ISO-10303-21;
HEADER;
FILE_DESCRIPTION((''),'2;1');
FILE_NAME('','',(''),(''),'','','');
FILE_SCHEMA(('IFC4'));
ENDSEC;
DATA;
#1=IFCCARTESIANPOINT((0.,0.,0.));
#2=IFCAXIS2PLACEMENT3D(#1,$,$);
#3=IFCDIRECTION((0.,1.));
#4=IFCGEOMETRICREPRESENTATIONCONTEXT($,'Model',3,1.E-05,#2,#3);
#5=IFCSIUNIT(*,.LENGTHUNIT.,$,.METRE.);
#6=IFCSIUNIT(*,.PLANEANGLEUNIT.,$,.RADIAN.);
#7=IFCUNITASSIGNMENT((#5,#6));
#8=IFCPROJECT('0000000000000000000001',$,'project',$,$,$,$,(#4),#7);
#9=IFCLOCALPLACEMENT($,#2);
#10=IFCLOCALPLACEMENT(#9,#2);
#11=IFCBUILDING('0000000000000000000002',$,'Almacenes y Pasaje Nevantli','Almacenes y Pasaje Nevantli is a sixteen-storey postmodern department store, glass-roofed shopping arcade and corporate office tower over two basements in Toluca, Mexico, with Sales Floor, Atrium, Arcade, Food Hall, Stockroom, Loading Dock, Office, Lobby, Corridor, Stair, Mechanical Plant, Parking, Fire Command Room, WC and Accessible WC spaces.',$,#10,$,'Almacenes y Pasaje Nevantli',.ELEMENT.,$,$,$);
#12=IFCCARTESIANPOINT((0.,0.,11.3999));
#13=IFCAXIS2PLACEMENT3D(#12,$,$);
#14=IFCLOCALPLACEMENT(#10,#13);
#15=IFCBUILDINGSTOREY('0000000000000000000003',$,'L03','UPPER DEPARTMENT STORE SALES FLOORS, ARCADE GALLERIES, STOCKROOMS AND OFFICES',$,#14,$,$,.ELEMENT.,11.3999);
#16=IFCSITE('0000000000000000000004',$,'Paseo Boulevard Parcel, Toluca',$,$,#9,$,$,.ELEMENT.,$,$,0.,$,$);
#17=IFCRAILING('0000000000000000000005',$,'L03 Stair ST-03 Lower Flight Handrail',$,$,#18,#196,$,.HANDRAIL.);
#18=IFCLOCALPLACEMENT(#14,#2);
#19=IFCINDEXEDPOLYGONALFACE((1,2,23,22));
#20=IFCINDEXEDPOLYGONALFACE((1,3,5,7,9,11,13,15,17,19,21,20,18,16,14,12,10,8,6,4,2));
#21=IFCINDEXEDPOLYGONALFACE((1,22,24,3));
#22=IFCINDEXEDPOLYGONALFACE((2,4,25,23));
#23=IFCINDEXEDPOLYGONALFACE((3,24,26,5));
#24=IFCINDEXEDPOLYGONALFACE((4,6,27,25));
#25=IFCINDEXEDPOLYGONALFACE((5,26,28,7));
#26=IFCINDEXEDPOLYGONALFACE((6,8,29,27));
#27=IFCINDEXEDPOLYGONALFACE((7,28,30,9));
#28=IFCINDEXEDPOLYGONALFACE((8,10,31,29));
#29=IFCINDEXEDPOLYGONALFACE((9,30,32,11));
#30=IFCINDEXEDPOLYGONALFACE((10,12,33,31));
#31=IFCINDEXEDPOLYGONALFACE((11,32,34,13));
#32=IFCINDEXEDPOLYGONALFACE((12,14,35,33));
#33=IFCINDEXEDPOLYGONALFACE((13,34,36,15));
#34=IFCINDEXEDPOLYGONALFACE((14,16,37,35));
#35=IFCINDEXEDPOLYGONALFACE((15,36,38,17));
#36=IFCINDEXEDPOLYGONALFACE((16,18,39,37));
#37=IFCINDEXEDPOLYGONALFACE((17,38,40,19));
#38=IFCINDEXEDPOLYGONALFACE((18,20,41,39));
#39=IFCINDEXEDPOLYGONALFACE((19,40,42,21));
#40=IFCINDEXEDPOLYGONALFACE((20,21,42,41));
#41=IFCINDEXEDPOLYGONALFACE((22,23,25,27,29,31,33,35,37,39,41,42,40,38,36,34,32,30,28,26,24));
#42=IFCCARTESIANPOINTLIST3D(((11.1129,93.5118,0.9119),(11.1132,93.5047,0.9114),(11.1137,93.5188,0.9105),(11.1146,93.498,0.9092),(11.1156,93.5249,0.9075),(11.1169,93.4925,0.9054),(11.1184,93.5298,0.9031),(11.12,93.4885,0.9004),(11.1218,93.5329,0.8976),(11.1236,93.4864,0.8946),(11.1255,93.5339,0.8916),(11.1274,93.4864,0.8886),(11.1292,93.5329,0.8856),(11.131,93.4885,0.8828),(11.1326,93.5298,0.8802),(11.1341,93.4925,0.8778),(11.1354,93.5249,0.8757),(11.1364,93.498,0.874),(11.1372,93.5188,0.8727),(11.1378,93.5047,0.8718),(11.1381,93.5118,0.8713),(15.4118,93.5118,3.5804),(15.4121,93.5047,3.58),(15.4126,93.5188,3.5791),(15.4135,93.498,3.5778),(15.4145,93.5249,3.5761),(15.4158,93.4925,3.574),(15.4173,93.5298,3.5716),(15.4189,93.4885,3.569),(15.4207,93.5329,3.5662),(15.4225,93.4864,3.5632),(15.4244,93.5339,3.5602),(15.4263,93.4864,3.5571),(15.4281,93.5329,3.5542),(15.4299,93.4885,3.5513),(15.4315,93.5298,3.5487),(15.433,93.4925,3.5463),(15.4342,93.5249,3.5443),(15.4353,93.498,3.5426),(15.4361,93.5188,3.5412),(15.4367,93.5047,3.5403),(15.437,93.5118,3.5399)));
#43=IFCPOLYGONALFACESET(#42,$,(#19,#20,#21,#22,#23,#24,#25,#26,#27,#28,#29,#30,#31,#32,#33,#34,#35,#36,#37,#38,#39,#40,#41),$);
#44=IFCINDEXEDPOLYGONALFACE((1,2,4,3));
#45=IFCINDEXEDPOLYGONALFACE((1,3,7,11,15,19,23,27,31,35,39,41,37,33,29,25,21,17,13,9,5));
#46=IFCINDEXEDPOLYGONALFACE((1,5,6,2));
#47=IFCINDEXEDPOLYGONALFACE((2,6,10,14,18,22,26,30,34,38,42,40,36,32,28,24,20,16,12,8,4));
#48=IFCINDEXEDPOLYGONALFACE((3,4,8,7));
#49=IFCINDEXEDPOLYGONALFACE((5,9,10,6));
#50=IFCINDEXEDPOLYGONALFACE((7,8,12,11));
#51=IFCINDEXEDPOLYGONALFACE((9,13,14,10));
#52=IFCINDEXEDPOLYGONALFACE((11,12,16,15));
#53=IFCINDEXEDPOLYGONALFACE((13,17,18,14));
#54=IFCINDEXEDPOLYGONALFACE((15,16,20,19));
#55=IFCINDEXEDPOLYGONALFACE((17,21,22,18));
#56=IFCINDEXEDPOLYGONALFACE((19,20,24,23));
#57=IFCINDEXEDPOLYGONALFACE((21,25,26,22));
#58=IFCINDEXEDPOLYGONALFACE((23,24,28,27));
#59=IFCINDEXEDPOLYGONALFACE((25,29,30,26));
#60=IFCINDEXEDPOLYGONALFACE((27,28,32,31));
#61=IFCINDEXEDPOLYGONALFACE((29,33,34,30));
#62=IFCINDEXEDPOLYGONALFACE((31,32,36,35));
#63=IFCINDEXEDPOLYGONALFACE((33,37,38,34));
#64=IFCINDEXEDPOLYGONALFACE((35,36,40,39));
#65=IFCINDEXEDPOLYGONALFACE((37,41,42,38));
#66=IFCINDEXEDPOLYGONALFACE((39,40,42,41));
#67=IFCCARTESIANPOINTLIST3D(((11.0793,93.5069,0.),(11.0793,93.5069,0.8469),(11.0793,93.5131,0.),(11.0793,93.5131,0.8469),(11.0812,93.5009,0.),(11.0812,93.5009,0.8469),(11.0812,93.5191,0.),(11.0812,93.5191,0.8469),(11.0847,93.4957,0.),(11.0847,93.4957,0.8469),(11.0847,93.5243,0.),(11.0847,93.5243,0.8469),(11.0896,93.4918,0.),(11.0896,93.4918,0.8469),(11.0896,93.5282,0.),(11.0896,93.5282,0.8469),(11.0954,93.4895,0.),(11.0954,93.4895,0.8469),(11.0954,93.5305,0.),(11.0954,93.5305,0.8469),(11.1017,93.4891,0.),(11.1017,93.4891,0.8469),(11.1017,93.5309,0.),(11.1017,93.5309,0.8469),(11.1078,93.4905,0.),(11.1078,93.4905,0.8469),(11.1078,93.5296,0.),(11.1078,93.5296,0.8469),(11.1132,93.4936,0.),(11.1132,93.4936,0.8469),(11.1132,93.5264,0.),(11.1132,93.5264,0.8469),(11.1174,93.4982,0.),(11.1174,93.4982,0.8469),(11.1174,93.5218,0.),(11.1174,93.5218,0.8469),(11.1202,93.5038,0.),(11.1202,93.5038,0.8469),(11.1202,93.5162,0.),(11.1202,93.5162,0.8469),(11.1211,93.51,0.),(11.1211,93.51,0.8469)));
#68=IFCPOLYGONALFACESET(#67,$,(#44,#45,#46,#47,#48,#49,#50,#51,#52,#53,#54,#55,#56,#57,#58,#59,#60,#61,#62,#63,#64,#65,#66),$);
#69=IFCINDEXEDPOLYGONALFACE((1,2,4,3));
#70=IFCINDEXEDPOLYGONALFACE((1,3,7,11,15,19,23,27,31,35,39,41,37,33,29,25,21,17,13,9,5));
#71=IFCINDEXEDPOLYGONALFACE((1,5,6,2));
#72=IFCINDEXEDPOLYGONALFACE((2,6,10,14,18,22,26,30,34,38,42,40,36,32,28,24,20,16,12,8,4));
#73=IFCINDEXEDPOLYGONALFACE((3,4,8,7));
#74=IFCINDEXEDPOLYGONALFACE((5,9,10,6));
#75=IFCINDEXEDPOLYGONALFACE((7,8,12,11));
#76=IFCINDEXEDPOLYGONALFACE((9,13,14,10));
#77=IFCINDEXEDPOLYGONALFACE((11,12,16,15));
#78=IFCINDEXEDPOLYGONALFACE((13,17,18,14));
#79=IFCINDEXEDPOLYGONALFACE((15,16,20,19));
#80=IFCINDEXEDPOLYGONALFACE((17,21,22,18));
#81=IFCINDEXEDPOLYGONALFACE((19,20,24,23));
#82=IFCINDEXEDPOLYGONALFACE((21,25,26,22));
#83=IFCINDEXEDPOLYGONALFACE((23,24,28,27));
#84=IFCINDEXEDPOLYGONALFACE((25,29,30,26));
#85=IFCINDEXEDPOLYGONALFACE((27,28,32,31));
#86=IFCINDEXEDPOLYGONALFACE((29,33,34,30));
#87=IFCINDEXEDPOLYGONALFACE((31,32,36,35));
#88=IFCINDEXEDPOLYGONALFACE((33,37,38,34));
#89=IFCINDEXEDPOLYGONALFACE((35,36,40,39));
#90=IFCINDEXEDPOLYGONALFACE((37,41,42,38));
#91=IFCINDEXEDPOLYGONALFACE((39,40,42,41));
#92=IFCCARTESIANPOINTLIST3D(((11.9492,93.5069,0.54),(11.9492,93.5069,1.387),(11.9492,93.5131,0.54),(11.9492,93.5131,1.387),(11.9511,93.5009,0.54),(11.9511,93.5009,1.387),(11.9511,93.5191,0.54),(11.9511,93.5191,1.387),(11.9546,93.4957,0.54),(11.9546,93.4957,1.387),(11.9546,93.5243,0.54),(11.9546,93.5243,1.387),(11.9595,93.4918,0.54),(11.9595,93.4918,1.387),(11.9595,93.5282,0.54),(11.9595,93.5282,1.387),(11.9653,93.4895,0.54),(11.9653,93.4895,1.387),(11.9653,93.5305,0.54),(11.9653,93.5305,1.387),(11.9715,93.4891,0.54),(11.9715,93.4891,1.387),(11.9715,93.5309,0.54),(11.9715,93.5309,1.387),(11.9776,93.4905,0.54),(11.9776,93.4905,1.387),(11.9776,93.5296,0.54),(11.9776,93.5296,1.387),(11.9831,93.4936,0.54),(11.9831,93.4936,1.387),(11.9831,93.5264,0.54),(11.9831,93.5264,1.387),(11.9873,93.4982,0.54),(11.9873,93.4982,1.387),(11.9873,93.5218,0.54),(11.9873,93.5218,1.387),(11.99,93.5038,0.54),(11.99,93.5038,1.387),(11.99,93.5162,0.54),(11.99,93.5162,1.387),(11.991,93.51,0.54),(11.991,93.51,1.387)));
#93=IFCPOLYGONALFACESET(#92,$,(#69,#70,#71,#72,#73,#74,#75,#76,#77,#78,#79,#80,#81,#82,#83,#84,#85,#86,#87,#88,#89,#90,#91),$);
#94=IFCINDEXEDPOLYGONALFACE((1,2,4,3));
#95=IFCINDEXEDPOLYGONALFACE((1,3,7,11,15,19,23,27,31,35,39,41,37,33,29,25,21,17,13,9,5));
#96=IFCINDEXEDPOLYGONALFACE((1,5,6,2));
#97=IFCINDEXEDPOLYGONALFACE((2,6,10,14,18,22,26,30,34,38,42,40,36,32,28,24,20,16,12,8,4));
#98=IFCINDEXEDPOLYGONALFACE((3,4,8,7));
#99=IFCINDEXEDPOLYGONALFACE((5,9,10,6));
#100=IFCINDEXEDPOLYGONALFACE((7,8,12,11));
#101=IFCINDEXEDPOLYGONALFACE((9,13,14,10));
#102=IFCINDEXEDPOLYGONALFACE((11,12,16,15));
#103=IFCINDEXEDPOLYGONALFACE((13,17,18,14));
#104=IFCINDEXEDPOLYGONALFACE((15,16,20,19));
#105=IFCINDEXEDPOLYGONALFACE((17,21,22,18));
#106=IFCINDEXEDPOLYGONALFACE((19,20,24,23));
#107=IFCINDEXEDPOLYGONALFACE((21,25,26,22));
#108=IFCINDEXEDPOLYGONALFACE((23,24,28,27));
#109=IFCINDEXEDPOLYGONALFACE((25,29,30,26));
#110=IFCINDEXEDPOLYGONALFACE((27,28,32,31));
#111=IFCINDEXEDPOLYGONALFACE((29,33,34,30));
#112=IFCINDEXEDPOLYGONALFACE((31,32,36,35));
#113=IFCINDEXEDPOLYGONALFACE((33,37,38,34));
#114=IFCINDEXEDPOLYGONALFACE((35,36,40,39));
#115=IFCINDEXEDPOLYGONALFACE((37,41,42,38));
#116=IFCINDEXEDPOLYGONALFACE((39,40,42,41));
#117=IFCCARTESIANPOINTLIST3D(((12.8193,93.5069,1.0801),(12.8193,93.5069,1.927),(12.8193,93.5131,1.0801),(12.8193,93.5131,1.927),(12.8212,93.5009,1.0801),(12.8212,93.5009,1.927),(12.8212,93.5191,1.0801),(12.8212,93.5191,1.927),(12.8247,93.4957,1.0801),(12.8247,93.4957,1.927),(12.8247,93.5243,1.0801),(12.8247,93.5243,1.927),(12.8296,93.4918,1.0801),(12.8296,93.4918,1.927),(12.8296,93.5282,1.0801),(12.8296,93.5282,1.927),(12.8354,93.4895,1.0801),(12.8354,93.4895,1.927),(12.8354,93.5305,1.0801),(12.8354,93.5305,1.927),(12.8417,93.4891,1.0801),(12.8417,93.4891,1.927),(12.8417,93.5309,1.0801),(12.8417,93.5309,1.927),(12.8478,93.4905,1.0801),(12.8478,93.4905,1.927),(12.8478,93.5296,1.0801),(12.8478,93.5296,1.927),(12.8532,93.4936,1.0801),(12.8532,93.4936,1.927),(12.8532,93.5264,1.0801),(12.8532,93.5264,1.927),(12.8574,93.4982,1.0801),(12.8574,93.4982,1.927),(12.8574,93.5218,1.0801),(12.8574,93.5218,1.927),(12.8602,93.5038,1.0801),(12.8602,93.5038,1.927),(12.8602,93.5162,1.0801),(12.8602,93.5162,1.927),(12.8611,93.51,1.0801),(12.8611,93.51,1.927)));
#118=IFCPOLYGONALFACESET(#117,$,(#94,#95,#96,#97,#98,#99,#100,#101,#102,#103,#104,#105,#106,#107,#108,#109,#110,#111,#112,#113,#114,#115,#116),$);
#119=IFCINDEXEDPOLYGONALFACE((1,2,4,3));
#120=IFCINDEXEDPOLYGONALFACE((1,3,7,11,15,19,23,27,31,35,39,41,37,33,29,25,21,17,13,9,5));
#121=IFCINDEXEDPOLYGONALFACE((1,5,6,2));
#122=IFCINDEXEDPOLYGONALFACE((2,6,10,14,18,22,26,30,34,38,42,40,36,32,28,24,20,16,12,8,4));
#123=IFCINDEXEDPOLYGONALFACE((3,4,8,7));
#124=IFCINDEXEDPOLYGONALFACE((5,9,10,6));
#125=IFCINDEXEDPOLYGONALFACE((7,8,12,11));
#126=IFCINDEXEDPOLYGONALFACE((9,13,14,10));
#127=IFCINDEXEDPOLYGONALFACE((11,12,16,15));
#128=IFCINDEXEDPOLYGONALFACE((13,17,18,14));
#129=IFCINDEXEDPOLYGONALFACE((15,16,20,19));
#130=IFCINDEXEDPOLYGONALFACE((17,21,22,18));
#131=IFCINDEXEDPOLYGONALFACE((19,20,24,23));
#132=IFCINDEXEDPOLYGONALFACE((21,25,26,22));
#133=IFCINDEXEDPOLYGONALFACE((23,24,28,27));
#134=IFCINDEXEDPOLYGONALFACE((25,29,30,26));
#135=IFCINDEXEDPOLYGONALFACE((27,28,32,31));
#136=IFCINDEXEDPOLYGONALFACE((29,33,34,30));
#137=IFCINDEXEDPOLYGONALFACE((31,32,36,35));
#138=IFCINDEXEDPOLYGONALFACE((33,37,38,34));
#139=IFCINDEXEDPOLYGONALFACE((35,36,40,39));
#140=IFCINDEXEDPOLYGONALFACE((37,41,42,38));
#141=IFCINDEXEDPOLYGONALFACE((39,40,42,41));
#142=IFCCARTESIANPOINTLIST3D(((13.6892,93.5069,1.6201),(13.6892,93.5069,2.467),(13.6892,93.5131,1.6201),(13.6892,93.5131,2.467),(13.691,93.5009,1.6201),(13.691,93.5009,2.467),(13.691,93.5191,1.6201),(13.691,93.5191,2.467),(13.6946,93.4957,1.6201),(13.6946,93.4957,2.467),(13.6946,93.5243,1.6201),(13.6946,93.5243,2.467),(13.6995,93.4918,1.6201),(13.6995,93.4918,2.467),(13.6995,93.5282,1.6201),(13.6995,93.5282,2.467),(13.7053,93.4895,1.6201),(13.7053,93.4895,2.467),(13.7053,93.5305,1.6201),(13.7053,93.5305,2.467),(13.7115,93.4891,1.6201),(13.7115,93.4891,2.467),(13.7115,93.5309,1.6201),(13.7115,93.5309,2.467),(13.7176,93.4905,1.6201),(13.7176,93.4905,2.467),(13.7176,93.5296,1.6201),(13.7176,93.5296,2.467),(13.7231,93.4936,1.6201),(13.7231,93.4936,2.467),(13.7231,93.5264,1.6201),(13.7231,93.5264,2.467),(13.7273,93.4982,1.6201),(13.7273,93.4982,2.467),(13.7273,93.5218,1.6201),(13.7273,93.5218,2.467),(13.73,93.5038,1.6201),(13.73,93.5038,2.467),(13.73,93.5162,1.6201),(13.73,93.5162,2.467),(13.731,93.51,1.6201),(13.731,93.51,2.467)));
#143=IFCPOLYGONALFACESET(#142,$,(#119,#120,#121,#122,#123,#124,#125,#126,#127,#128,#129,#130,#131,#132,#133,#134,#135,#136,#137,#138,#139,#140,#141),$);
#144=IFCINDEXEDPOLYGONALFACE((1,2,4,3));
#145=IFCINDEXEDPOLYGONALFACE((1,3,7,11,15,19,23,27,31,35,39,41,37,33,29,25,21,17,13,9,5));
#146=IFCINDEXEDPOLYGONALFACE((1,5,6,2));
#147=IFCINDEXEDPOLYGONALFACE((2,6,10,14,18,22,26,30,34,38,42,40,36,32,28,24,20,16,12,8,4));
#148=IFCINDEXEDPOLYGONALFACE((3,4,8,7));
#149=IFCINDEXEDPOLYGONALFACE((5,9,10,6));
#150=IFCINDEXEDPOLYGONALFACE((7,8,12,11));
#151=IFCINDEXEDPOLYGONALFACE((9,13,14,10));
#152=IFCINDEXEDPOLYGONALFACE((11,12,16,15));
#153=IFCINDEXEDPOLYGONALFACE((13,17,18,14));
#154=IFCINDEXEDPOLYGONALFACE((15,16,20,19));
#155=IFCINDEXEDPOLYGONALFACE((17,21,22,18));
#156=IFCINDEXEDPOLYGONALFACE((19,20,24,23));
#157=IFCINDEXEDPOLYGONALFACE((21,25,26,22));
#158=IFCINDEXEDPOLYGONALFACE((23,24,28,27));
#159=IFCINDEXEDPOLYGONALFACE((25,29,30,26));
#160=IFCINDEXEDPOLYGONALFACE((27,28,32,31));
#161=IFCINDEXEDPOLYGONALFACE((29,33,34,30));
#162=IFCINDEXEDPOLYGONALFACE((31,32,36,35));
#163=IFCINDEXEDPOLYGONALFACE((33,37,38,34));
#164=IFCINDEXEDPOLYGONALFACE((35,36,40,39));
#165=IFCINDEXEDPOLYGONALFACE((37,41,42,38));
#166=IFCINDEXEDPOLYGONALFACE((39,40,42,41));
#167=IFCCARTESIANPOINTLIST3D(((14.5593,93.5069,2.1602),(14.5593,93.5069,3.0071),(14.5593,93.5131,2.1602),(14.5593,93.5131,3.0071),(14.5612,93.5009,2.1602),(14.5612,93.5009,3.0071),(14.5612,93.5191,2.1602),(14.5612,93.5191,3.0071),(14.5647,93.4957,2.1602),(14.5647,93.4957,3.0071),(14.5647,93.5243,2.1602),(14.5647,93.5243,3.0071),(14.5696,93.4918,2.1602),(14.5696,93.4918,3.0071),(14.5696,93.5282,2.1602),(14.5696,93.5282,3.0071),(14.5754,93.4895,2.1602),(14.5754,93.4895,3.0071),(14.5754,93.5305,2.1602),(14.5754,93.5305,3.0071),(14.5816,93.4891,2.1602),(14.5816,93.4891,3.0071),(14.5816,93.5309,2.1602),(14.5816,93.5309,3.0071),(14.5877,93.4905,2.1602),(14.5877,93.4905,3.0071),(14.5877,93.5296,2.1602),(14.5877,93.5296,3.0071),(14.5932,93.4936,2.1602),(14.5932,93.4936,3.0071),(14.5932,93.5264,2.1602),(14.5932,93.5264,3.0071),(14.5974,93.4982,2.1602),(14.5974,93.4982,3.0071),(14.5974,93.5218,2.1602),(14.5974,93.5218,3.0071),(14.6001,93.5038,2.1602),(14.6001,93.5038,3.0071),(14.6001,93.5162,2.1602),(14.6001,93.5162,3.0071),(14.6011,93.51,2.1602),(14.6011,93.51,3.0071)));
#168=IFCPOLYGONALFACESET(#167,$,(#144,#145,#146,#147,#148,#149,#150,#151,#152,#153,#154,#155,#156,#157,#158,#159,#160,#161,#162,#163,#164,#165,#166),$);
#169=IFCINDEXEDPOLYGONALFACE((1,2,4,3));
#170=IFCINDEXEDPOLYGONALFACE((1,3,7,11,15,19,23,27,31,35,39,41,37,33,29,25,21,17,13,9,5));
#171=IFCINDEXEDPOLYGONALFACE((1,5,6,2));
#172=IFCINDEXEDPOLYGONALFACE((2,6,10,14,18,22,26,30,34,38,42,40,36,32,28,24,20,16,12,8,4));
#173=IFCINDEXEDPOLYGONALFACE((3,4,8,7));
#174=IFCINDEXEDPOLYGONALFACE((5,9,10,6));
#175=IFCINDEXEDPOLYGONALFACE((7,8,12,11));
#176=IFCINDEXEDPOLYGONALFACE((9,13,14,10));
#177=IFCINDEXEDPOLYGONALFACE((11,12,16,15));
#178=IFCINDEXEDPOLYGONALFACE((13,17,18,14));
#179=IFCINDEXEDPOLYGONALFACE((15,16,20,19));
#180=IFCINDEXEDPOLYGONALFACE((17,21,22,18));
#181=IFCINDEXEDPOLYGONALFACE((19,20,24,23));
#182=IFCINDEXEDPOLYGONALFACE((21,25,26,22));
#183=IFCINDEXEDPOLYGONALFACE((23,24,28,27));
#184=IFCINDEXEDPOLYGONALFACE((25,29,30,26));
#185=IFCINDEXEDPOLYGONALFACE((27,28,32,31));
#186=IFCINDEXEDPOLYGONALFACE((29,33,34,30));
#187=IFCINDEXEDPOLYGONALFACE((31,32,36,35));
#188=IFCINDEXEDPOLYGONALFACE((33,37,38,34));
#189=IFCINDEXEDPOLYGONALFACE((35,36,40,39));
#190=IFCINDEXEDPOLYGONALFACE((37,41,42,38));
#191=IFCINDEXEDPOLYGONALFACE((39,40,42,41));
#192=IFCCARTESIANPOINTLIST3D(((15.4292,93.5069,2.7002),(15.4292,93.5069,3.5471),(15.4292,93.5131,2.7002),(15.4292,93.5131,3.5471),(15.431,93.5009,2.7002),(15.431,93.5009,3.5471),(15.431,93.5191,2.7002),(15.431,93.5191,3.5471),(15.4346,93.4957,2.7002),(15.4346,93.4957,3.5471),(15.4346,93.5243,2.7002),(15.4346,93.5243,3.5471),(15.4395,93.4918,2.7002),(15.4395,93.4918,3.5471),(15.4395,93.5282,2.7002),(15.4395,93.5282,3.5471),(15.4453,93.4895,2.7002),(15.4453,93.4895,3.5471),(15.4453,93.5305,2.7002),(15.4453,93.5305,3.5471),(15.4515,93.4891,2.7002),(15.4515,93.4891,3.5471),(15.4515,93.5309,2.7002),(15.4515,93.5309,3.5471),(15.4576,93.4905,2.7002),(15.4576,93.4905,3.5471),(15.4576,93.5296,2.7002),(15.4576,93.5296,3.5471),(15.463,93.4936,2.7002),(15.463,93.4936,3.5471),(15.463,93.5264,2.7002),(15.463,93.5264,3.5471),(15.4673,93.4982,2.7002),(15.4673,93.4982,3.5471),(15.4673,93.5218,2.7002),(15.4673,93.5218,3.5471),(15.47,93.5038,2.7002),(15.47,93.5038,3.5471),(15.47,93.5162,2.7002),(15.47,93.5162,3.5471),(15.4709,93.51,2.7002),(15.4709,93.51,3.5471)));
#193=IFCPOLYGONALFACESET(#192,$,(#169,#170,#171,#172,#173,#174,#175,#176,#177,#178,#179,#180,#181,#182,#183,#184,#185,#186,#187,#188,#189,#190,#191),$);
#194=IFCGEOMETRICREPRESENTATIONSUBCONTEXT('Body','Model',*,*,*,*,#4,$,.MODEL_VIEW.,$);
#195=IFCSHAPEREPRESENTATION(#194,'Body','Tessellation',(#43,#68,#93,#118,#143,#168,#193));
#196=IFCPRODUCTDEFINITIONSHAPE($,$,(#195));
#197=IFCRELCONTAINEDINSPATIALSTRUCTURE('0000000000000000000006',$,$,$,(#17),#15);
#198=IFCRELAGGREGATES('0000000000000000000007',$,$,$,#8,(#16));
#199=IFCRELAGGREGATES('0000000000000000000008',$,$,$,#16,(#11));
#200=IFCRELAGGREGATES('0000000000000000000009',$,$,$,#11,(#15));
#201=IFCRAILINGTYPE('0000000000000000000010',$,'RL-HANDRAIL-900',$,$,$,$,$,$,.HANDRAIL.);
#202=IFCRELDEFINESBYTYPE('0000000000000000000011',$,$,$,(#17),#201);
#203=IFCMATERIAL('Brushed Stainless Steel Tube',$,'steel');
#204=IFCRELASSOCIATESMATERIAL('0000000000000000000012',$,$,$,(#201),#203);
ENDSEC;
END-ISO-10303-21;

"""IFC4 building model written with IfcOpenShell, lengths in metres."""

from ifc_helpers import new_model, si_unit, direction, frame, origin, origin_2d, place, context, subcontext, project, spatial, circle, extrude, material, type_object, element, save


model = new_model("IFC4")

# Units and contexts
model_context = context("Model", 3, precision=1e-05, world=origin(), true_north=direction((0.0, 1.0)))
body_context = subcontext(model_context, "Body", "Model", "MODEL_VIEW")
ifc_project = project(units=[si_unit("LENGTHUNIT", "METRE"), si_unit("PLANEANGLEUNIT", "RADIAN")], contexts=[model_context])

# Site, building, storey
site_placement = place(None, origin())
site = spatial("IfcSite", under=ifc_project, at=site_placement, Name="Paseo Boulevard Parcel, Toluca", CompositionType="ELEMENT", RefElevation=0.0)
building_placement = place(site_placement, origin())
building = spatial("IfcBuilding", under=site, at=building_placement, Name="Almacenes y Pasaje Nevantli", Description="Almacenes y Pasaje Nevantli is a sixteen-storey postmodern department store, glass-roofed shopping arcade and corporate office tower over two basements in Toluca, Mexico, with Sales Floor, Atrium, Arcade, Food Hall, Stockroom, Loading Dock, Office, Lobby, Corridor, Stair, Mechanical Plant, Parking, Fire Command Room, WC and Accessible WC spaces.", LongName="Almacenes y Pasaje Nevantli", CompositionType="ELEMENT")
storey_placement = place(building_placement, frame((0.0, 0.0, 11.3999)))
storey = spatial("IfcBuildingStorey", under=building, at=storey_placement, Name="L03", Description="UPPER DEPARTMENT STORE SALES FLOORS, ARCADE GALLERIES, STOCKROOMS AND OFFICES", CompositionType="ELEMENT", Elevation=11.3999)

# Railing
ifc_material_1 = material(Name="Brushed Stainless Steel Tube", Category="steel")
railing_type_1 = type_object("IfcRailingType", Name="RL-HANDRAIL-900", PredefinedType="HANDRAIL", material=ifc_material_1)
railing_1_placement = place(storey_placement, frame((11.1001, 93.51, 0.0)))
element("IfcRailing", 1, at=railing_1_placement, inside=storey, type_object=railing_type_1, Name="L03 Stair ST-03 Lower Flight Handrail", PredefinedType="HANDRAIL", context=body_context, shape_type="SweptSolid", body=[
    extrude(circle(Radius=0.0239, at=origin_2d()), frame((0.0254, 0.0, 0.8916), z_axis=(0.849615, 0.0, 0.527403), x_axis=(0.0, 1.0, 0.0)), (0.0, 0.0, 1.0), 5.0598),
    extrude(circle(Radius=0.021, at=origin_2d()), origin(), (0.0, 0.0, 1.0), 0.8469),
    extrude(circle(Radius=0.021, at=origin_2d()), frame((0.8699, 0.0, 0.54)), (0.0, 0.0, 1.0), 0.8469),
    extrude(circle(Radius=0.021, at=origin_2d()), frame((1.74, 0.0, 1.0801)), (0.0, 0.0, 1.0), 0.8469),
    extrude(circle(Radius=0.021, at=origin_2d()), frame((2.6099, 0.0, 1.6201)), (0.0, 0.0, 1.0), 0.8469),
    extrude(circle(Radius=0.021, at=origin_2d()), frame((3.48, 0.0, 2.1602)), (0.0, 0.0, 1.0), 0.8469),
    extrude(circle(Radius=0.021, at=origin_2d()), frame((4.3499, 0.0, 2.7002)), (0.0, 0.0, 1.0), 0.8469),
])

save(model, "model.ifc")
